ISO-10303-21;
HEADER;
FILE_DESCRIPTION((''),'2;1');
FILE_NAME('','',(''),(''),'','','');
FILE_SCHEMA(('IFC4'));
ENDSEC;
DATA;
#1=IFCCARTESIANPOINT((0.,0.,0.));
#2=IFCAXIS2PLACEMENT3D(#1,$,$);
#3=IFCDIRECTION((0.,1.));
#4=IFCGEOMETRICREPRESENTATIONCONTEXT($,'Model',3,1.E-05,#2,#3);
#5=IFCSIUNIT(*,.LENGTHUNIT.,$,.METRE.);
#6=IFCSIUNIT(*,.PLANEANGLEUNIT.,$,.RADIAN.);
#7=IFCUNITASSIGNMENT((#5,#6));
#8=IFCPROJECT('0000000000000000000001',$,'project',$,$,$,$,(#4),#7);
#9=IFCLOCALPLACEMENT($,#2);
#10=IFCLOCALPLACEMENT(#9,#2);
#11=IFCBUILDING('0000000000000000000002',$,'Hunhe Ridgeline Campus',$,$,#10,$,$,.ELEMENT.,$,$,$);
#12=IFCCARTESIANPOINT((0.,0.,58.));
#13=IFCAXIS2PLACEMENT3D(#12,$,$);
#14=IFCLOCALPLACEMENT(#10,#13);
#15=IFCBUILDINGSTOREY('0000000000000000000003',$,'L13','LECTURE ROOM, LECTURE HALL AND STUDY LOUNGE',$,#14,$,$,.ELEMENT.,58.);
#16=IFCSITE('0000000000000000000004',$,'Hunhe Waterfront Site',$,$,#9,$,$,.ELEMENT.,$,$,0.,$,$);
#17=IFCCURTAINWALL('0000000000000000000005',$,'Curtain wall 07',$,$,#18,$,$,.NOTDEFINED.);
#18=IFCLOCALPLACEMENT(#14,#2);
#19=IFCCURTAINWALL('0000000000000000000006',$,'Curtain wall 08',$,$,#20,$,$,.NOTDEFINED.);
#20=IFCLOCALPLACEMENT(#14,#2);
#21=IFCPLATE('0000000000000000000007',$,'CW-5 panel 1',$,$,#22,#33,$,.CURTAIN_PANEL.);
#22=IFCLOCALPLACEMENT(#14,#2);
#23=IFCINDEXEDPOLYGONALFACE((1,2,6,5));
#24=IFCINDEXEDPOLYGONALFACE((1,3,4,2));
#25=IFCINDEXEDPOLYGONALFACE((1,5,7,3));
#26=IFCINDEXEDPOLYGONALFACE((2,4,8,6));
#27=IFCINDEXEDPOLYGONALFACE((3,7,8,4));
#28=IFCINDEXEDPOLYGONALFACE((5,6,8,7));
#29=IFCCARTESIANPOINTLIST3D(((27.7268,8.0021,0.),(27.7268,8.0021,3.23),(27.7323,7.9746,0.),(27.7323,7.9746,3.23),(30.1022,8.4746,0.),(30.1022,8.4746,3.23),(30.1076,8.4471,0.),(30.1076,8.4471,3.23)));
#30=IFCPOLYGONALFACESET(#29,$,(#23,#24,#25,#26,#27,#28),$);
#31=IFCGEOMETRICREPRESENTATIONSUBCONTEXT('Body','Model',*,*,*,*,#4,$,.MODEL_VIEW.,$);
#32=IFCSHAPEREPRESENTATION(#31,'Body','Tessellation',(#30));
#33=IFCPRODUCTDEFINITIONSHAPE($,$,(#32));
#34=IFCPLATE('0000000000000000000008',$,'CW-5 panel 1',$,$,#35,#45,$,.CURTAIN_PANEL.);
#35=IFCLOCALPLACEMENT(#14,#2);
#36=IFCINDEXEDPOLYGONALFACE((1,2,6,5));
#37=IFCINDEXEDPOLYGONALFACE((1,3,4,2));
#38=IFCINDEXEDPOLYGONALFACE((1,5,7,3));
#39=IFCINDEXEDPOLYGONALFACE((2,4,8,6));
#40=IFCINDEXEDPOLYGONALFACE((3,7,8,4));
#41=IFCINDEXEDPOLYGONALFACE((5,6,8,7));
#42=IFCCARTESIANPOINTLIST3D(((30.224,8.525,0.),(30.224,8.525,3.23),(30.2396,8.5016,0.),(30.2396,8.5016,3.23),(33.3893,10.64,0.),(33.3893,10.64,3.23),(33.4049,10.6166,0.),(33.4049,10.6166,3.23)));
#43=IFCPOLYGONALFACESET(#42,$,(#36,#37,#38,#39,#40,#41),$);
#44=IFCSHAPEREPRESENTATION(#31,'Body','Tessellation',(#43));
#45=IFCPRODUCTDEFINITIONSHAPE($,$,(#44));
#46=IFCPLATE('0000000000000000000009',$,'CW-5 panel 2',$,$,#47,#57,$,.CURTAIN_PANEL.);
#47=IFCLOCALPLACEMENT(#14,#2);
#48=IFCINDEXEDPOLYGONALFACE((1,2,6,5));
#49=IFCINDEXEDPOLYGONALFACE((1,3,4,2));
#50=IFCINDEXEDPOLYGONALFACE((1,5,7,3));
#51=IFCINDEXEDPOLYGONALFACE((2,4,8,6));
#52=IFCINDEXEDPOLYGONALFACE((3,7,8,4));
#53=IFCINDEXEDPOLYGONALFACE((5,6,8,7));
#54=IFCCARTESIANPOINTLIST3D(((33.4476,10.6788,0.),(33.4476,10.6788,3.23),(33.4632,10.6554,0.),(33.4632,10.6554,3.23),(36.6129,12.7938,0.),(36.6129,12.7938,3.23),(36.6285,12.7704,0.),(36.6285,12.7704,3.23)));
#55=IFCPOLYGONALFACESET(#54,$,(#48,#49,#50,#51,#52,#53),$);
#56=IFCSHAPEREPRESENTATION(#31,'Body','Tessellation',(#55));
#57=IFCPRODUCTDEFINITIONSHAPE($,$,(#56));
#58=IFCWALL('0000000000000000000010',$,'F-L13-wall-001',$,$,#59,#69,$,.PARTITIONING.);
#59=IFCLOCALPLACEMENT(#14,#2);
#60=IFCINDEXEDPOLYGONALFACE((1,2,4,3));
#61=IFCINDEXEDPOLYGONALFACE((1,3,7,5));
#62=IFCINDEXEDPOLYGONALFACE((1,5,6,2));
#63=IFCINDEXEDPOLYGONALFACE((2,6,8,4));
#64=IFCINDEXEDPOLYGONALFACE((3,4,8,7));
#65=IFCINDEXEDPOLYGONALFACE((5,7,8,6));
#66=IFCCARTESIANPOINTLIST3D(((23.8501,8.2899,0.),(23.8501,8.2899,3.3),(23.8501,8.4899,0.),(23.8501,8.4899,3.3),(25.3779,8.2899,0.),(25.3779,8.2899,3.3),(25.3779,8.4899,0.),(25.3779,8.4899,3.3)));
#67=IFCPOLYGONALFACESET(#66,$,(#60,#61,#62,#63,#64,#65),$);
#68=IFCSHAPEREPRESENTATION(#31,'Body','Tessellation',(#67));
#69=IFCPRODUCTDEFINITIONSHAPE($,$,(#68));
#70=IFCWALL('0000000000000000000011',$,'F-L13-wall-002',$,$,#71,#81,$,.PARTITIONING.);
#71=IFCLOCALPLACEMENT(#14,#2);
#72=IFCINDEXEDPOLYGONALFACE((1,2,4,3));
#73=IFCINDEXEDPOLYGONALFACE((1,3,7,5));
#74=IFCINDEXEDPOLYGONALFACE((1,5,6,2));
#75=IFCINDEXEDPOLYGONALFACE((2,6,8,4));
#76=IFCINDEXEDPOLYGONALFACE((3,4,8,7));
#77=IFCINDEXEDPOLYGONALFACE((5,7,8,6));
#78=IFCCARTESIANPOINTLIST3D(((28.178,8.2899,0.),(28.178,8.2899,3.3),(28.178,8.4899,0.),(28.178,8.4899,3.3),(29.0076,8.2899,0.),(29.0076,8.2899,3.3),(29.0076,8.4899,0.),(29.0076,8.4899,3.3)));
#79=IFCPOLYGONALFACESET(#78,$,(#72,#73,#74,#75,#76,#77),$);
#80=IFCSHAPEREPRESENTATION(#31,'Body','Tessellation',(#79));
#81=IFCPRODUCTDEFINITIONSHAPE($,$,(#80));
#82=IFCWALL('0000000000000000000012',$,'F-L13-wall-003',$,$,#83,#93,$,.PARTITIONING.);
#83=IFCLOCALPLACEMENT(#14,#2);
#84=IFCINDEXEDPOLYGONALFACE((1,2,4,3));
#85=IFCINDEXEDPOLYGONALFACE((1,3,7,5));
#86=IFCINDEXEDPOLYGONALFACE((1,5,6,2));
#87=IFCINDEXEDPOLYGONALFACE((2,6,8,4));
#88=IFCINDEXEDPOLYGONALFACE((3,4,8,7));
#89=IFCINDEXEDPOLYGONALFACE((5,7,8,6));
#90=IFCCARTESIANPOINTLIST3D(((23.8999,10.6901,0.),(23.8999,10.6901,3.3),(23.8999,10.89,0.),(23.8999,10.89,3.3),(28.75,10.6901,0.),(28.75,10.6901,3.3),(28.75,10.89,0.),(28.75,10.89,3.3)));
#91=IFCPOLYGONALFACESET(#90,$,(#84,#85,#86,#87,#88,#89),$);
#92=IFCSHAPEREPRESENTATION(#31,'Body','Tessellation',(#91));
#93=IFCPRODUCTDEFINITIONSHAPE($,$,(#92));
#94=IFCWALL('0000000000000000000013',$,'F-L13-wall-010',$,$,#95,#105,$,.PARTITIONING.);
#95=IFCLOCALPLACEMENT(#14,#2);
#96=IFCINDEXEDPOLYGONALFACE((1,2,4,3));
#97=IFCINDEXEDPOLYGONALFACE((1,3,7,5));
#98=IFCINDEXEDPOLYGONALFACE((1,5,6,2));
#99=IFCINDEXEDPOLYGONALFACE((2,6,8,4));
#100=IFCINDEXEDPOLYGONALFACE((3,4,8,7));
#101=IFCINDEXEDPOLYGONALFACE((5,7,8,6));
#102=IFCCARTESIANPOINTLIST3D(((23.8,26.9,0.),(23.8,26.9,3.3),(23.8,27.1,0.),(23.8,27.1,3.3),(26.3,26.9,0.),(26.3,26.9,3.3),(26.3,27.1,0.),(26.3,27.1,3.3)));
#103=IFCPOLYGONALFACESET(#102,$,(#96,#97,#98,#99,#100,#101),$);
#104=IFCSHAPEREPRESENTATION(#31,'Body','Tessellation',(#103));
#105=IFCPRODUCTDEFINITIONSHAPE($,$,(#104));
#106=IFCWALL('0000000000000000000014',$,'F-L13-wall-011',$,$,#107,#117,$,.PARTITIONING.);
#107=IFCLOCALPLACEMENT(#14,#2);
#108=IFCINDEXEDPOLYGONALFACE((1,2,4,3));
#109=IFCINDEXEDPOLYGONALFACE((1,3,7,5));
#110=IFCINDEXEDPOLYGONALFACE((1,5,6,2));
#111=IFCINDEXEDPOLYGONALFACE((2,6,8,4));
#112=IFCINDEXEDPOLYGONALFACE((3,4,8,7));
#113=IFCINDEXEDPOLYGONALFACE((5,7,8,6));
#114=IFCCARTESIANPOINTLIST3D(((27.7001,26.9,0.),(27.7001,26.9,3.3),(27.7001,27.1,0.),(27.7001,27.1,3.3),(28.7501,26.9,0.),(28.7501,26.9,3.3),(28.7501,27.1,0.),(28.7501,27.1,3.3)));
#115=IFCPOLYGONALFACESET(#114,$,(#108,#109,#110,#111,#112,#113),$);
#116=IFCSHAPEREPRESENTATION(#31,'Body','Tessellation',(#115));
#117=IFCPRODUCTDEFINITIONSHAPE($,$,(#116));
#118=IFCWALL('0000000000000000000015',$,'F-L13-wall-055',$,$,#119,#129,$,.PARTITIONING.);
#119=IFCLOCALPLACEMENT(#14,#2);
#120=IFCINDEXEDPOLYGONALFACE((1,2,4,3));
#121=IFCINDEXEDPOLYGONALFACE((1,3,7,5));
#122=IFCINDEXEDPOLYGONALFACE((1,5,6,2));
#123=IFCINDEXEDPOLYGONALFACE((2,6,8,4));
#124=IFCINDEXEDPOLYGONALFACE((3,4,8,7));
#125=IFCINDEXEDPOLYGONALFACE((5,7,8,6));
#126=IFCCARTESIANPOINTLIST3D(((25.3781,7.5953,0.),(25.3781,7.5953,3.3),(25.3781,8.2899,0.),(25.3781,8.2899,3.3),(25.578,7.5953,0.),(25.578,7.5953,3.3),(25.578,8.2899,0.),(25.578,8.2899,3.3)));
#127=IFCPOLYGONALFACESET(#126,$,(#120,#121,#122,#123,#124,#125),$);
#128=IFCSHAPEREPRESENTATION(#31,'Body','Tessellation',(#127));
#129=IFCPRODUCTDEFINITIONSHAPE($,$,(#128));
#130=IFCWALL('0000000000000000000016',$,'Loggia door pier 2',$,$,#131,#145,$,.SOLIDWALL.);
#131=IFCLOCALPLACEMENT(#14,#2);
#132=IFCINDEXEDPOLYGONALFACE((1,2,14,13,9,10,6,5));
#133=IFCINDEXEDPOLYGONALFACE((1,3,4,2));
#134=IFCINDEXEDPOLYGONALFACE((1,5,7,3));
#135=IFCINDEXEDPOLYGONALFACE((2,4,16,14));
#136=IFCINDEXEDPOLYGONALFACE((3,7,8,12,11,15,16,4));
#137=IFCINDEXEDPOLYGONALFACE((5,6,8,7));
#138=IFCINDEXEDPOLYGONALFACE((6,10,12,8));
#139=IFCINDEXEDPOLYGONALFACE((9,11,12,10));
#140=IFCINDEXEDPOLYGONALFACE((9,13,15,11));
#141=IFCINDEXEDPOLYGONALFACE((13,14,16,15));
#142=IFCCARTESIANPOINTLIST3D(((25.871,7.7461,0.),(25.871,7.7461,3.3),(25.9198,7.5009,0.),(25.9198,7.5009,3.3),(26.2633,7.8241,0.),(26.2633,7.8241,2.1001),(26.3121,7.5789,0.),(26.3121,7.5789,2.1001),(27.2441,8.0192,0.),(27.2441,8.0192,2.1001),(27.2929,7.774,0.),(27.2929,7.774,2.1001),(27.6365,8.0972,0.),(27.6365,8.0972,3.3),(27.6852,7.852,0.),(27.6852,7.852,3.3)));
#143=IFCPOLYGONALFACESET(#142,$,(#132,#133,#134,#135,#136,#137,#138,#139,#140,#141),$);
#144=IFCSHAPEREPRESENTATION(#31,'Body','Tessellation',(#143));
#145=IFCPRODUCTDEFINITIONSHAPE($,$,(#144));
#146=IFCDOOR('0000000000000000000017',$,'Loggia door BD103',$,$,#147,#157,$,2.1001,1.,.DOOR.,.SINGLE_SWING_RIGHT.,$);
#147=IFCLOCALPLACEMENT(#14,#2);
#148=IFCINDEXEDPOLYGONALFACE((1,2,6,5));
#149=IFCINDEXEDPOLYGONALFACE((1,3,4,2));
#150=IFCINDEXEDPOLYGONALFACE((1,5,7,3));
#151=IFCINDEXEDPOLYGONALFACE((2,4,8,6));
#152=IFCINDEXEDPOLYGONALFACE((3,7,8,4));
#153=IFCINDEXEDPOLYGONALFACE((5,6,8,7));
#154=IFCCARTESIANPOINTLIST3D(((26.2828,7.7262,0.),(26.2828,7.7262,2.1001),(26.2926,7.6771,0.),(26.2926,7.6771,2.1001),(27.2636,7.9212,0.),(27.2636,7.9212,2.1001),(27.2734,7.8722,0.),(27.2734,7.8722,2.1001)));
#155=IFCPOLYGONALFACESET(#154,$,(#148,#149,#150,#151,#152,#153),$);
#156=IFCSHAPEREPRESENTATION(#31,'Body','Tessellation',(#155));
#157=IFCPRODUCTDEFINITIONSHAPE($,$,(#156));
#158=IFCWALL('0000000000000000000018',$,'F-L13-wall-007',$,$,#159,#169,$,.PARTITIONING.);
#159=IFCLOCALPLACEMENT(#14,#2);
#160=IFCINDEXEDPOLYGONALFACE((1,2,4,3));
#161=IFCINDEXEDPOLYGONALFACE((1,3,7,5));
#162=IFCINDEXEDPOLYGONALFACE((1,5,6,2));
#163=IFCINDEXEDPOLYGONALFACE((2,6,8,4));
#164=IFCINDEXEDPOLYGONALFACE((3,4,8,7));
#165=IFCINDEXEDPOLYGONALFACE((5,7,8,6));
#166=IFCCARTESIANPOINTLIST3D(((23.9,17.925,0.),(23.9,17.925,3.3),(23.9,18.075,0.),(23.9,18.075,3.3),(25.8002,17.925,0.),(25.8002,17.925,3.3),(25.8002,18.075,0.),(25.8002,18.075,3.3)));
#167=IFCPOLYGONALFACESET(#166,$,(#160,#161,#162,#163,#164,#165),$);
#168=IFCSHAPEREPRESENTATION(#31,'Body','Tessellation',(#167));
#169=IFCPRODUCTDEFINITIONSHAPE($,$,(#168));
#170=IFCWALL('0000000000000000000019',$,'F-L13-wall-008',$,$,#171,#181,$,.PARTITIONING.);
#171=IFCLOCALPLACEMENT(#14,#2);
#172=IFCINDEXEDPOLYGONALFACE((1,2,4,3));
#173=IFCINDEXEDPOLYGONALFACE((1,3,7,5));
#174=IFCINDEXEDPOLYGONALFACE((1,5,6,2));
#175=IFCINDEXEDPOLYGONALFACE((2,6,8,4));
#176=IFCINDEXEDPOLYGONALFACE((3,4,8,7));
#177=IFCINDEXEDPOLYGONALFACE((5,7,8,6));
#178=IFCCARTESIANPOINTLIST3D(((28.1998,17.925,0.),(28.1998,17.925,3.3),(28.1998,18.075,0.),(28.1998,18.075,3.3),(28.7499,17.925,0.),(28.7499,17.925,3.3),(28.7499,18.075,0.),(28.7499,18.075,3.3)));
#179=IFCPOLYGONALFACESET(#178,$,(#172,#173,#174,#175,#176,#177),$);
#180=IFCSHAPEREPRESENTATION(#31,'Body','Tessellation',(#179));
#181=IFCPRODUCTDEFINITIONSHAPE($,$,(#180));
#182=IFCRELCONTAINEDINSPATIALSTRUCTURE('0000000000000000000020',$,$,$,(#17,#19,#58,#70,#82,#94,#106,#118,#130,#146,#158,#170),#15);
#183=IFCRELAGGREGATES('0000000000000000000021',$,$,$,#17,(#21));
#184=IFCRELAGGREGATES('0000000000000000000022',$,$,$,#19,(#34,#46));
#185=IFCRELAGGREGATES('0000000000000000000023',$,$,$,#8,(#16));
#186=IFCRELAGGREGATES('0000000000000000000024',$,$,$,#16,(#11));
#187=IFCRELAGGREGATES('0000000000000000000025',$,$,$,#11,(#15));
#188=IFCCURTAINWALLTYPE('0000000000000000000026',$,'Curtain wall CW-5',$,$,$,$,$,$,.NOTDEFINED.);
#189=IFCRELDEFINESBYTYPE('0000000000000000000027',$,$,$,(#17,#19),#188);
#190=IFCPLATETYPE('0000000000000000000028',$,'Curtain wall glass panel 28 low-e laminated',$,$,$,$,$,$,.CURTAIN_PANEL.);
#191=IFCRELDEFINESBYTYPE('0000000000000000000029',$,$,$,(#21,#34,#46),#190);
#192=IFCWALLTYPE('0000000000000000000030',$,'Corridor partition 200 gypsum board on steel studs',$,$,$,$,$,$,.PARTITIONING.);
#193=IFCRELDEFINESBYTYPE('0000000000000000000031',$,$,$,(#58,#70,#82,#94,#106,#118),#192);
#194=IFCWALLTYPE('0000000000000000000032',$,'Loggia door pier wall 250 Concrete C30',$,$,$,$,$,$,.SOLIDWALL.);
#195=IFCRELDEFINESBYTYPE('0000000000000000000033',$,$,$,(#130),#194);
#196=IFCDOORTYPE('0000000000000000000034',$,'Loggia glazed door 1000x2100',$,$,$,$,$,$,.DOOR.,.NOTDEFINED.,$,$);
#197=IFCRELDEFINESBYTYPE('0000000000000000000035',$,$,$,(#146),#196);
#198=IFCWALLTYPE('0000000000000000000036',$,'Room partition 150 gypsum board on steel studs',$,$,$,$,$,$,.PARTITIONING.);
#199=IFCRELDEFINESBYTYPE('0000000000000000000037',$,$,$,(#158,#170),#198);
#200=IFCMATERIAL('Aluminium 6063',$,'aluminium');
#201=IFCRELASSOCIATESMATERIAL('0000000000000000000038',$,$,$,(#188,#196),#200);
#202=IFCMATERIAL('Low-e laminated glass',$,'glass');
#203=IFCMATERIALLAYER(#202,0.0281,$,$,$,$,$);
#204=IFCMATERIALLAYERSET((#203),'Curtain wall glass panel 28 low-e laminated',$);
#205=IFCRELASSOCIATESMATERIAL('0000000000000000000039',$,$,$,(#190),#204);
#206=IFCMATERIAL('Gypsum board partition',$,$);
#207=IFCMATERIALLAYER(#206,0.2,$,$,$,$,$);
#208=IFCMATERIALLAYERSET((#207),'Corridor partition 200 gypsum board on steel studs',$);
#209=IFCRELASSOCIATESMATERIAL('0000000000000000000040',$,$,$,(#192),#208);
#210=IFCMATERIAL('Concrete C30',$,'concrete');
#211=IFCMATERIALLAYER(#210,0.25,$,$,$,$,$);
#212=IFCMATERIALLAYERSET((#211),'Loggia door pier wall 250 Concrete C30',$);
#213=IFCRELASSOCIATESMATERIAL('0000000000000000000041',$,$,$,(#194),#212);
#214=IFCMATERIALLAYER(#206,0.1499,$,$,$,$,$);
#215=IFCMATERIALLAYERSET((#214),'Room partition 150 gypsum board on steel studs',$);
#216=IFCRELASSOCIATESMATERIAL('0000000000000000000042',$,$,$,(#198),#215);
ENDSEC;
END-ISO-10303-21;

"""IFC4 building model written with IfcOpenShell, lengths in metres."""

from ifc_helpers import new_model, si_unit, direction, frame, frame_2d, origin, origin_2d, place, context, subcontext, project, spatial, rectangle, extrude, material, layer, layer_set, type_object, element, fill, aggregate, save


model = new_model("IFC4")

# Units and contexts
model_context = context("Model", 3, precision=1e-05, world=origin(), true_north=direction((0.0, 1.0)))
body_context = subcontext(model_context, "Body", "Model", "MODEL_VIEW")
ifc_project = project(units=[si_unit("LENGTHUNIT", "METRE"), si_unit("PLANEANGLEUNIT", "RADIAN")], contexts=[model_context])

# Site, building, storey
site_placement = place(None, origin())
site = spatial("IfcSite", under=ifc_project, at=site_placement, Name="Hunhe Waterfront Site", CompositionType="ELEMENT", RefElevation=0.0)
building_placement = place(site_placement, origin())
building = spatial("IfcBuilding", under=site, at=building_placement, Name="Hunhe Ridgeline Campus", CompositionType="ELEMENT")
storey_placement = place(building_placement, frame((0.0, 0.0, 58.0)))
storey = spatial("IfcBuildingStorey", under=building, at=storey_placement, Name="L13", Description="LECTURE ROOM, LECTURE HALL AND STUDY LOUNGE", CompositionType="ELEMENT", Elevation=58.0)

# Shared definitions
ifc_material_1 = material(Name="Aluminium 6063", Category="aluminium")
curtain_wall_type = type_object("IfcCurtainWallType", Name="Curtain wall CW-5", PredefinedType="NOTDEFINED", material=ifc_material_1)

# Curtain walls
curtain_wall_1_placement = place(storey_placement, origin())
curtain_wall_1 = element("IfcCurtainWall", 1, at=curtain_wall_1_placement, inside=storey, type_object=curtain_wall_type, Name="Curtain wall 07", PredefinedType="NOTDEFINED")
curtain_wall_2_placement = place(storey_placement, origin())
curtain_wall_2 = element("IfcCurtainWall", 2, at=curtain_wall_2_placement, inside=storey, type_object=curtain_wall_type, Name="Curtain wall 08", PredefinedType="NOTDEFINED")

# Plates
ifc_material_2 = material(Name="Low-e laminated glass", Category="glass")
ifc_layer_1 = layer(ifc_material_2, 0.0281)
ifc_layer_set_1 = layer_set([ifc_layer_1], Name="Curtain wall glass panel 28 low-e laminated")
plate_type = type_object("IfcPlateType", Name="Curtain wall glass panel 28 low-e laminated", PredefinedType="CURTAIN_PANEL", material=ifc_layer_set_1)
plate_1_placement = place(storey_placement, frame((28.9172, 8.2246, 0.0), z_axis=(0.0, 0.0, 1.0), x_axis=(0.980785, 0.195091, 0.0)))
plate_1 = element("IfcPlate", 3, at=plate_1_placement, type_object=plate_type, Name="CW-5 panel 1", PredefinedType="CURTAIN_PANEL", context=body_context, shape_type="SweptSolid", body=[
    extrude(rectangle(XDim=2.4219, YDim=0.0281, at=origin_2d()), origin(), (0.0, 0.0, 1.0), 3.23),
])
aggregate(curtain_wall_1, [plate_1])
plate_2_placement = place(storey_placement, frame((31.8145, 9.5708, 0.0), z_axis=(0.0, 0.0, 1.0), x_axis=(0.83147, 0.55557, 0.0)))
plate_2 = element("IfcPlate", 4, at=plate_2_placement, type_object=plate_type, Name="CW-5 panel 1", PredefinedType="CURTAIN_PANEL", context=body_context, shape_type="SweptSolid", body=[
    extrude(rectangle(XDim=3.8069, YDim=0.0281, at=origin_2d()), origin(), (0.0, 0.0, 1.0), 3.23),
])
plate_3_placement = place(storey_placement, frame((35.0381, 11.7246, 0.0), z_axis=(0.0, 0.0, 1.0), x_axis=(0.83147, 0.55557, 0.0)))
plate_3 = element("IfcPlate", 5, at=plate_3_placement, type_object=plate_type, Name="CW-5 panel 2", PredefinedType="CURTAIN_PANEL", context=body_context, shape_type="SweptSolid", body=[
    extrude(rectangle(XDim=3.8069, YDim=0.0281, at=origin_2d()), origin(), (0.0, 0.0, 1.0), 3.23),
])
aggregate(curtain_wall_2, [plate_2, plate_3])

# Walls
ifc_material_3 = material(Name="Gypsum board partition")
ifc_layer_2 = layer(ifc_material_3, 0.2)
ifc_layer_set_2 = layer_set([ifc_layer_2], Name="Corridor partition 200 gypsum board on steel studs")
wall_type_1 = type_object("IfcWallType", Name="Corridor partition 200 gypsum board on steel studs", PredefinedType="PARTITIONING", material=ifc_layer_set_2)
wall_1_placement = place(storey_placement, frame((25.3779, 8.3899, 0.0), z_axis=(0.0, 0.0, 1.0), x_axis=(-1.0, 0.0, 0.0)))
element("IfcWall", 6, at=wall_1_placement, inside=storey, type_object=wall_type_1, Name="F-L13-wall-001", PredefinedType="PARTITIONING", context=body_context, shape_type="SweptSolid", body=[
    extrude(rectangle(XDim=1.5278, YDim=0.2, at=frame_2d((0.7639, 0.0))), origin(), (0.0, 0.0, 1.0), 3.3),
])
wall_2_placement = place(storey_placement, frame((29.0076, 8.3899, 0.0), z_axis=(0.0, 0.0, 1.0), x_axis=(-1.0, 0.0, 0.0)))
element("IfcWall", 7, at=wall_2_placement, inside=storey, type_object=wall_type_1, Name="F-L13-wall-002", PredefinedType="PARTITIONING", context=body_context, shape_type="SweptSolid", body=[
    extrude(rectangle(XDim=0.8296, YDim=0.2, at=frame_2d((0.4148, 0.0))), origin(), (0.0, 0.0, 1.0), 3.3),
])
wall_3_placement = place(storey_placement, frame((23.8999, 10.79, 0.0), z_axis=(0.0, 0.0, 1.0), x_axis=(1.0, 0.0, 0.0)))
element("IfcWall", 8, at=wall_3_placement, inside=storey, type_object=wall_type_1, Name="F-L13-wall-003", PredefinedType="PARTITIONING", context=body_context, shape_type="SweptSolid", body=[
    extrude(rectangle(XDim=4.8501, YDim=0.2, at=frame_2d((2.425, 0.0))), origin(), (0.0, 0.0, 1.0), 3.3),
])
wall_4_placement = place(storey_placement, frame((26.3, 27.0, 0.0), z_axis=(0.0, 0.0, 1.0), x_axis=(-1.0, 0.0, 0.0)))
element("IfcWall", 9, at=wall_4_placement, inside=storey, type_object=wall_type_1, Name="F-L13-wall-010", PredefinedType="PARTITIONING", context=body_context, shape_type="SweptSolid", body=[
    extrude(rectangle(XDim=2.5, YDim=0.2, at=frame_2d((1.25, 0.0))), origin(), (0.0, 0.0, 1.0), 3.3),
])
wall_5_placement = place(storey_placement, frame((28.75, 27.0, 0.0), z_axis=(0.0, 0.0, 1.0), x_axis=(-1.0, 0.0, 0.0)))
element("IfcWall", 10, at=wall_5_placement, inside=storey, type_object=wall_type_1, Name="F-L13-wall-011", PredefinedType="PARTITIONING", context=body_context, shape_type="SweptSolid", body=[
    extrude(rectangle(XDim=1.05, YDim=0.2, at=frame_2d((0.5249, 0.0))), origin(), (0.0, 0.0, 1.0), 3.3),
])

# Wall
wall_6_placement = place(storey_placement, frame((25.478, 7.5955, 0.0), z_axis=(0.0, 0.0, 1.0), x_axis=(0.0, 1.0, 0.0)))
element("IfcWall", 11, at=wall_6_placement, inside=storey, type_object=wall_type_1, Name="F-L13-wall-055", PredefinedType="PARTITIONING", context=body_context, shape_type="SweptSolid", body=[
    extrude(rectangle(XDim=0.6946, YDim=0.2, at=frame_2d((0.3472, 0.0))), origin(), (0.0, 0.0, 1.0), 3.3),
])

# Wall, opening, door
ifc_material_4 = material(Name="Concrete C30", Category="concrete")
ifc_layer_3 = layer(ifc_material_4, 0.25)
ifc_layer_set_3 = layer_set([ifc_layer_3], Name="Loggia door pier wall 250 Concrete C30")
wall_type_2 = type_object("IfcWallType", Name="Loggia door pier wall 250 Concrete C30", PredefinedType="SOLIDWALL", material=ifc_layer_set_3)
wall_7_placement = place(storey_placement, frame((25.8955, 7.6235, 0.0), z_axis=(0.0, 0.0, 1.0), x_axis=(0.980794, 0.195047, 0.0)))
wall_7 = element("IfcWall", 12, at=wall_7_placement, inside=storey, type_object=wall_type_2, Name="Loggia door pier 2", PredefinedType="SOLIDWALL", context=body_context, shape_type="SweptSolid", body=[
    extrude(rectangle(XDim=1.8, YDim=0.25, at=frame_2d((0.8999, 0.0))), origin(), (0.0, 0.0, 1.0), 3.3),
])
opening_1_placement = place(wall_7_placement, frame((0.3999, 0.0, 0.0)))
opening_1 = element("IfcOpeningElement", 13, at=opening_1_placement, cuts=wall_7, PredefinedType="OPENING", context=body_context, shape_type="SweptSolid", body=[
    extrude(rectangle(XDim=1.0, YDim=2.1001, at=frame_2d((0.5, 1.05))), frame((0.0, 0.125, 0.0), z_axis=(0.0, -1.0, 0.0), x_axis=(1.0, 0.0, 0.0)), (0.0, 0.0, 1.0), 0.25),
])
door_type_1 = type_object("IfcDoorType", Name="Loggia glazed door 1000x2100", OperationType="NOTDEFINED", PredefinedType="DOOR", material=ifc_material_1)
door_1_placement = place(opening_1_placement, frame((1.0, 0.0, 0.0), z_axis=(0.0, 0.0, 1.0), x_axis=(-1.0, 0.0, 0.0)))
door_1 = element("IfcDoor", 14, at=door_1_placement, inside=storey, type_object=door_type_1, Name="Loggia door BD103", OperationType="SINGLE_SWING_RIGHT", OverallHeight=2.1001, OverallWidth=1.0, PredefinedType="DOOR", context=body_context, shape_type="SweptSolid", body=[
    extrude(rectangle(XDim=1.0, YDim=2.1001, at=frame_2d((0.5, 1.05))), frame((0.0, 0.0249, 0.0), z_axis=(0.0, -1.0, 0.0), x_axis=(1.0, 0.0, 0.0)), (0.0, 0.0, 1.0), 0.05),
])
fill(opening_1, door_1)

# Walls
ifc_layer_4 = layer(ifc_material_3, 0.1499)
ifc_layer_set_4 = layer_set([ifc_layer_4], Name="Room partition 150 gypsum board on steel studs")
wall_type_3 = type_object("IfcWallType", Name="Room partition 150 gypsum board on steel studs", PredefinedType="PARTITIONING", material=ifc_layer_set_4)
wall_8_placement = place(storey_placement, frame((23.8999, 18.0, 0.0), z_axis=(0.0, 0.0, 1.0), x_axis=(1.0, 0.0, 0.0)))
element("IfcWall", 15, at=wall_8_placement, inside=storey, type_object=wall_type_3, Name="F-L13-wall-007", PredefinedType="PARTITIONING", context=body_context, shape_type="SweptSolid", body=[
    extrude(rectangle(XDim=1.9001, YDim=0.1499, at=frame_2d((0.9502, 0.0))), origin(), (0.0, 0.0, 1.0), 3.3),
])
wall_9_placement = place(storey_placement, frame((28.2, 18.0, 0.0), z_axis=(0.0, 0.0, 1.0), x_axis=(1.0, 0.0, 0.0)))
element("IfcWall", 16, at=wall_9_placement, inside=storey, type_object=wall_type_3, Name="F-L13-wall-008", PredefinedType="PARTITIONING", context=body_context, shape_type="SweptSolid", body=[
    extrude(rectangle(XDim=0.55, YDim=0.1499, at=frame_2d((0.2749, 0.0))), origin(), (0.0, 0.0, 1.0), 3.3),
])

save(model, "model.ifc")
